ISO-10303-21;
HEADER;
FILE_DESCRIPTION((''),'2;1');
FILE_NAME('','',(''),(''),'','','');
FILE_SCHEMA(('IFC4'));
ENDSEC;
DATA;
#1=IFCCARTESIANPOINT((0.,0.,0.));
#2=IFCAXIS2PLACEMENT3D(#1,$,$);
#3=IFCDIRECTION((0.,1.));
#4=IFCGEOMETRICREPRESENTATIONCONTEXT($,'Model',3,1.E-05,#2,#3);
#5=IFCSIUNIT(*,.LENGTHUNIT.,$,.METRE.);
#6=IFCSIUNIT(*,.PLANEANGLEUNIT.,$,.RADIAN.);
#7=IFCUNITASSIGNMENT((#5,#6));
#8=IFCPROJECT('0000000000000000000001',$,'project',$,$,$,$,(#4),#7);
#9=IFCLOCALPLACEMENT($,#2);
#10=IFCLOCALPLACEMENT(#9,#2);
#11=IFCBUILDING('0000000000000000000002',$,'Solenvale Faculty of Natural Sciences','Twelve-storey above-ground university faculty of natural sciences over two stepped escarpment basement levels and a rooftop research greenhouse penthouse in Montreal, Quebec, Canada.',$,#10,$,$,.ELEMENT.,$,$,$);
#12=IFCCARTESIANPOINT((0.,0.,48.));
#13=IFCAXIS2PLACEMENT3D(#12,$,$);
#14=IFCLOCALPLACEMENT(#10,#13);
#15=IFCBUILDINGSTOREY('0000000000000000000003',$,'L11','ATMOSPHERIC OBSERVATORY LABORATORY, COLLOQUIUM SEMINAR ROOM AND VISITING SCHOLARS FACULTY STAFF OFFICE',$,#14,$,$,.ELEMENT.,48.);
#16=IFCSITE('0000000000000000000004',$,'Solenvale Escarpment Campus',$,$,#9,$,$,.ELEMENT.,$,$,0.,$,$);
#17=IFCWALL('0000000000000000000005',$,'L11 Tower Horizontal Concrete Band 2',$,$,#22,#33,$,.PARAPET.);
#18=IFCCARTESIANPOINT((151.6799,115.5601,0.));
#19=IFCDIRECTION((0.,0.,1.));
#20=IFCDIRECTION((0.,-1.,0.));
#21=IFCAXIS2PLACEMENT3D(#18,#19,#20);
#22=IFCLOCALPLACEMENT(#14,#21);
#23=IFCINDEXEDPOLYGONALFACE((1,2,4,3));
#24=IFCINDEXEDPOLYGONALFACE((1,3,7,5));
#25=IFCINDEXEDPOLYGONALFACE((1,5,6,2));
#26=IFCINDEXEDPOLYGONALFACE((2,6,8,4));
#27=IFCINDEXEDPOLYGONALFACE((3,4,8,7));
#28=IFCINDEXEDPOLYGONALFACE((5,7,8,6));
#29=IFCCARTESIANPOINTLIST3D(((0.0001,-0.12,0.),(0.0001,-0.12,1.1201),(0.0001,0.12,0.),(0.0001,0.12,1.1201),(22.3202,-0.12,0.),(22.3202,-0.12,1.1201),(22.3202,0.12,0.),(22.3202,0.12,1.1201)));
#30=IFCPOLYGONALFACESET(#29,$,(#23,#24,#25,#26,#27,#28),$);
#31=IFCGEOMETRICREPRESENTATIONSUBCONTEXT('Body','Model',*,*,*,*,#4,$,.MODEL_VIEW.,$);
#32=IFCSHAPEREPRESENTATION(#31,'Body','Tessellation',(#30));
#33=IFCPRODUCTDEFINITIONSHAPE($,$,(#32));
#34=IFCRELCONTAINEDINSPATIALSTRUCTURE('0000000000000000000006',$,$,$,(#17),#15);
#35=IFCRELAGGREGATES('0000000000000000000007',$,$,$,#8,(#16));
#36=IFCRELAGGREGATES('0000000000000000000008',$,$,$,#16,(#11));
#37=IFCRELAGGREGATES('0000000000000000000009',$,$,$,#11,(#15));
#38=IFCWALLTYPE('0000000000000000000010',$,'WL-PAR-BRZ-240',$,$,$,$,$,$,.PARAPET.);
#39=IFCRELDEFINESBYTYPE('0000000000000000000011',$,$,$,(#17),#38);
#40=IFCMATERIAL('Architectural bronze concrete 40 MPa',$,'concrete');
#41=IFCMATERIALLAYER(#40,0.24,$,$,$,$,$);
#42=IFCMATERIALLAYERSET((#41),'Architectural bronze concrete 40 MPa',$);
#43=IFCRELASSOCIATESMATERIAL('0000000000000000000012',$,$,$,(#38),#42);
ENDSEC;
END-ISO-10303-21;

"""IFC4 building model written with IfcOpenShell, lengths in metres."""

from ifc_helpers import new_model, si_unit, direction, frame, frame_2d, origin, place, context, subcontext, project, spatial, rectangle, extrude, material, layer, layer_set, type_object, element, save


model = new_model("IFC4")

# Units and contexts
model_context = context("Model", 3, precision=1e-05, world=origin(), true_north=direction((0.0, 1.0)))
body_context = subcontext(model_context, "Body", "Model", "MODEL_VIEW")
ifc_project = project(units=[si_unit("LENGTHUNIT", "METRE"), si_unit("PLANEANGLEUNIT", "RADIAN")], contexts=[model_context])

# Site, building, storey
site_placement = place(None, origin())
site = spatial("IfcSite", under=ifc_project, at=site_placement, Name="Solenvale Escarpment Campus", CompositionType="ELEMENT", RefElevation=0.0)
building_placement = place(site_placement, origin())
building = spatial("IfcBuilding", under=site, at=building_placement, Name="Solenvale Faculty of Natural Sciences", Description="Twelve-storey above-ground university faculty of natural sciences over two stepped escarpment basement levels and a rooftop research greenhouse penthouse in Montreal, Quebec, Canada.", CompositionType="ELEMENT")
storey_placement = place(building_placement, frame((0.0, 0.0, 48.0)))
storey = spatial("IfcBuildingStorey", under=building, at=storey_placement, Name="L11", Description="ATMOSPHERIC OBSERVATORY LABORATORY, COLLOQUIUM SEMINAR ROOM AND VISITING SCHOLARS FACULTY STAFF OFFICE", CompositionType="ELEMENT", Elevation=48.0)

# Wall
ifc_material_1 = material(Name="Architectural bronze concrete 40 MPa", Category="concrete")
ifc_layer_1 = layer(ifc_material_1, 0.24)
ifc_layer_set_1 = layer_set([ifc_layer_1], Name="Architectural bronze concrete 40 MPa")
wall_type_1 = type_object("IfcWallType", Name="WL-PAR-BRZ-240", PredefinedType="PARAPET", material=ifc_layer_set_1)
wall_1_placement = place(storey_placement, frame((151.6799, 115.5601, 0.0), z_axis=(0.0, 0.0, 1.0), x_axis=(0.0, -1.0, 0.0)))
element("IfcWall", 1, at=wall_1_placement, inside=storey, type_object=wall_type_1, Name="L11 Tower Horizontal Concrete Band 2", PredefinedType="PARAPET", context=body_context, shape_type="SweptSolid", body=[
    extrude(rectangle(XDim=22.3201, YDim=0.24, at=frame_2d((11.1602, 0.0))), origin(), (0.0, 0.0, 1.0), 1.1201),
])

save(model, "model.ifc")
